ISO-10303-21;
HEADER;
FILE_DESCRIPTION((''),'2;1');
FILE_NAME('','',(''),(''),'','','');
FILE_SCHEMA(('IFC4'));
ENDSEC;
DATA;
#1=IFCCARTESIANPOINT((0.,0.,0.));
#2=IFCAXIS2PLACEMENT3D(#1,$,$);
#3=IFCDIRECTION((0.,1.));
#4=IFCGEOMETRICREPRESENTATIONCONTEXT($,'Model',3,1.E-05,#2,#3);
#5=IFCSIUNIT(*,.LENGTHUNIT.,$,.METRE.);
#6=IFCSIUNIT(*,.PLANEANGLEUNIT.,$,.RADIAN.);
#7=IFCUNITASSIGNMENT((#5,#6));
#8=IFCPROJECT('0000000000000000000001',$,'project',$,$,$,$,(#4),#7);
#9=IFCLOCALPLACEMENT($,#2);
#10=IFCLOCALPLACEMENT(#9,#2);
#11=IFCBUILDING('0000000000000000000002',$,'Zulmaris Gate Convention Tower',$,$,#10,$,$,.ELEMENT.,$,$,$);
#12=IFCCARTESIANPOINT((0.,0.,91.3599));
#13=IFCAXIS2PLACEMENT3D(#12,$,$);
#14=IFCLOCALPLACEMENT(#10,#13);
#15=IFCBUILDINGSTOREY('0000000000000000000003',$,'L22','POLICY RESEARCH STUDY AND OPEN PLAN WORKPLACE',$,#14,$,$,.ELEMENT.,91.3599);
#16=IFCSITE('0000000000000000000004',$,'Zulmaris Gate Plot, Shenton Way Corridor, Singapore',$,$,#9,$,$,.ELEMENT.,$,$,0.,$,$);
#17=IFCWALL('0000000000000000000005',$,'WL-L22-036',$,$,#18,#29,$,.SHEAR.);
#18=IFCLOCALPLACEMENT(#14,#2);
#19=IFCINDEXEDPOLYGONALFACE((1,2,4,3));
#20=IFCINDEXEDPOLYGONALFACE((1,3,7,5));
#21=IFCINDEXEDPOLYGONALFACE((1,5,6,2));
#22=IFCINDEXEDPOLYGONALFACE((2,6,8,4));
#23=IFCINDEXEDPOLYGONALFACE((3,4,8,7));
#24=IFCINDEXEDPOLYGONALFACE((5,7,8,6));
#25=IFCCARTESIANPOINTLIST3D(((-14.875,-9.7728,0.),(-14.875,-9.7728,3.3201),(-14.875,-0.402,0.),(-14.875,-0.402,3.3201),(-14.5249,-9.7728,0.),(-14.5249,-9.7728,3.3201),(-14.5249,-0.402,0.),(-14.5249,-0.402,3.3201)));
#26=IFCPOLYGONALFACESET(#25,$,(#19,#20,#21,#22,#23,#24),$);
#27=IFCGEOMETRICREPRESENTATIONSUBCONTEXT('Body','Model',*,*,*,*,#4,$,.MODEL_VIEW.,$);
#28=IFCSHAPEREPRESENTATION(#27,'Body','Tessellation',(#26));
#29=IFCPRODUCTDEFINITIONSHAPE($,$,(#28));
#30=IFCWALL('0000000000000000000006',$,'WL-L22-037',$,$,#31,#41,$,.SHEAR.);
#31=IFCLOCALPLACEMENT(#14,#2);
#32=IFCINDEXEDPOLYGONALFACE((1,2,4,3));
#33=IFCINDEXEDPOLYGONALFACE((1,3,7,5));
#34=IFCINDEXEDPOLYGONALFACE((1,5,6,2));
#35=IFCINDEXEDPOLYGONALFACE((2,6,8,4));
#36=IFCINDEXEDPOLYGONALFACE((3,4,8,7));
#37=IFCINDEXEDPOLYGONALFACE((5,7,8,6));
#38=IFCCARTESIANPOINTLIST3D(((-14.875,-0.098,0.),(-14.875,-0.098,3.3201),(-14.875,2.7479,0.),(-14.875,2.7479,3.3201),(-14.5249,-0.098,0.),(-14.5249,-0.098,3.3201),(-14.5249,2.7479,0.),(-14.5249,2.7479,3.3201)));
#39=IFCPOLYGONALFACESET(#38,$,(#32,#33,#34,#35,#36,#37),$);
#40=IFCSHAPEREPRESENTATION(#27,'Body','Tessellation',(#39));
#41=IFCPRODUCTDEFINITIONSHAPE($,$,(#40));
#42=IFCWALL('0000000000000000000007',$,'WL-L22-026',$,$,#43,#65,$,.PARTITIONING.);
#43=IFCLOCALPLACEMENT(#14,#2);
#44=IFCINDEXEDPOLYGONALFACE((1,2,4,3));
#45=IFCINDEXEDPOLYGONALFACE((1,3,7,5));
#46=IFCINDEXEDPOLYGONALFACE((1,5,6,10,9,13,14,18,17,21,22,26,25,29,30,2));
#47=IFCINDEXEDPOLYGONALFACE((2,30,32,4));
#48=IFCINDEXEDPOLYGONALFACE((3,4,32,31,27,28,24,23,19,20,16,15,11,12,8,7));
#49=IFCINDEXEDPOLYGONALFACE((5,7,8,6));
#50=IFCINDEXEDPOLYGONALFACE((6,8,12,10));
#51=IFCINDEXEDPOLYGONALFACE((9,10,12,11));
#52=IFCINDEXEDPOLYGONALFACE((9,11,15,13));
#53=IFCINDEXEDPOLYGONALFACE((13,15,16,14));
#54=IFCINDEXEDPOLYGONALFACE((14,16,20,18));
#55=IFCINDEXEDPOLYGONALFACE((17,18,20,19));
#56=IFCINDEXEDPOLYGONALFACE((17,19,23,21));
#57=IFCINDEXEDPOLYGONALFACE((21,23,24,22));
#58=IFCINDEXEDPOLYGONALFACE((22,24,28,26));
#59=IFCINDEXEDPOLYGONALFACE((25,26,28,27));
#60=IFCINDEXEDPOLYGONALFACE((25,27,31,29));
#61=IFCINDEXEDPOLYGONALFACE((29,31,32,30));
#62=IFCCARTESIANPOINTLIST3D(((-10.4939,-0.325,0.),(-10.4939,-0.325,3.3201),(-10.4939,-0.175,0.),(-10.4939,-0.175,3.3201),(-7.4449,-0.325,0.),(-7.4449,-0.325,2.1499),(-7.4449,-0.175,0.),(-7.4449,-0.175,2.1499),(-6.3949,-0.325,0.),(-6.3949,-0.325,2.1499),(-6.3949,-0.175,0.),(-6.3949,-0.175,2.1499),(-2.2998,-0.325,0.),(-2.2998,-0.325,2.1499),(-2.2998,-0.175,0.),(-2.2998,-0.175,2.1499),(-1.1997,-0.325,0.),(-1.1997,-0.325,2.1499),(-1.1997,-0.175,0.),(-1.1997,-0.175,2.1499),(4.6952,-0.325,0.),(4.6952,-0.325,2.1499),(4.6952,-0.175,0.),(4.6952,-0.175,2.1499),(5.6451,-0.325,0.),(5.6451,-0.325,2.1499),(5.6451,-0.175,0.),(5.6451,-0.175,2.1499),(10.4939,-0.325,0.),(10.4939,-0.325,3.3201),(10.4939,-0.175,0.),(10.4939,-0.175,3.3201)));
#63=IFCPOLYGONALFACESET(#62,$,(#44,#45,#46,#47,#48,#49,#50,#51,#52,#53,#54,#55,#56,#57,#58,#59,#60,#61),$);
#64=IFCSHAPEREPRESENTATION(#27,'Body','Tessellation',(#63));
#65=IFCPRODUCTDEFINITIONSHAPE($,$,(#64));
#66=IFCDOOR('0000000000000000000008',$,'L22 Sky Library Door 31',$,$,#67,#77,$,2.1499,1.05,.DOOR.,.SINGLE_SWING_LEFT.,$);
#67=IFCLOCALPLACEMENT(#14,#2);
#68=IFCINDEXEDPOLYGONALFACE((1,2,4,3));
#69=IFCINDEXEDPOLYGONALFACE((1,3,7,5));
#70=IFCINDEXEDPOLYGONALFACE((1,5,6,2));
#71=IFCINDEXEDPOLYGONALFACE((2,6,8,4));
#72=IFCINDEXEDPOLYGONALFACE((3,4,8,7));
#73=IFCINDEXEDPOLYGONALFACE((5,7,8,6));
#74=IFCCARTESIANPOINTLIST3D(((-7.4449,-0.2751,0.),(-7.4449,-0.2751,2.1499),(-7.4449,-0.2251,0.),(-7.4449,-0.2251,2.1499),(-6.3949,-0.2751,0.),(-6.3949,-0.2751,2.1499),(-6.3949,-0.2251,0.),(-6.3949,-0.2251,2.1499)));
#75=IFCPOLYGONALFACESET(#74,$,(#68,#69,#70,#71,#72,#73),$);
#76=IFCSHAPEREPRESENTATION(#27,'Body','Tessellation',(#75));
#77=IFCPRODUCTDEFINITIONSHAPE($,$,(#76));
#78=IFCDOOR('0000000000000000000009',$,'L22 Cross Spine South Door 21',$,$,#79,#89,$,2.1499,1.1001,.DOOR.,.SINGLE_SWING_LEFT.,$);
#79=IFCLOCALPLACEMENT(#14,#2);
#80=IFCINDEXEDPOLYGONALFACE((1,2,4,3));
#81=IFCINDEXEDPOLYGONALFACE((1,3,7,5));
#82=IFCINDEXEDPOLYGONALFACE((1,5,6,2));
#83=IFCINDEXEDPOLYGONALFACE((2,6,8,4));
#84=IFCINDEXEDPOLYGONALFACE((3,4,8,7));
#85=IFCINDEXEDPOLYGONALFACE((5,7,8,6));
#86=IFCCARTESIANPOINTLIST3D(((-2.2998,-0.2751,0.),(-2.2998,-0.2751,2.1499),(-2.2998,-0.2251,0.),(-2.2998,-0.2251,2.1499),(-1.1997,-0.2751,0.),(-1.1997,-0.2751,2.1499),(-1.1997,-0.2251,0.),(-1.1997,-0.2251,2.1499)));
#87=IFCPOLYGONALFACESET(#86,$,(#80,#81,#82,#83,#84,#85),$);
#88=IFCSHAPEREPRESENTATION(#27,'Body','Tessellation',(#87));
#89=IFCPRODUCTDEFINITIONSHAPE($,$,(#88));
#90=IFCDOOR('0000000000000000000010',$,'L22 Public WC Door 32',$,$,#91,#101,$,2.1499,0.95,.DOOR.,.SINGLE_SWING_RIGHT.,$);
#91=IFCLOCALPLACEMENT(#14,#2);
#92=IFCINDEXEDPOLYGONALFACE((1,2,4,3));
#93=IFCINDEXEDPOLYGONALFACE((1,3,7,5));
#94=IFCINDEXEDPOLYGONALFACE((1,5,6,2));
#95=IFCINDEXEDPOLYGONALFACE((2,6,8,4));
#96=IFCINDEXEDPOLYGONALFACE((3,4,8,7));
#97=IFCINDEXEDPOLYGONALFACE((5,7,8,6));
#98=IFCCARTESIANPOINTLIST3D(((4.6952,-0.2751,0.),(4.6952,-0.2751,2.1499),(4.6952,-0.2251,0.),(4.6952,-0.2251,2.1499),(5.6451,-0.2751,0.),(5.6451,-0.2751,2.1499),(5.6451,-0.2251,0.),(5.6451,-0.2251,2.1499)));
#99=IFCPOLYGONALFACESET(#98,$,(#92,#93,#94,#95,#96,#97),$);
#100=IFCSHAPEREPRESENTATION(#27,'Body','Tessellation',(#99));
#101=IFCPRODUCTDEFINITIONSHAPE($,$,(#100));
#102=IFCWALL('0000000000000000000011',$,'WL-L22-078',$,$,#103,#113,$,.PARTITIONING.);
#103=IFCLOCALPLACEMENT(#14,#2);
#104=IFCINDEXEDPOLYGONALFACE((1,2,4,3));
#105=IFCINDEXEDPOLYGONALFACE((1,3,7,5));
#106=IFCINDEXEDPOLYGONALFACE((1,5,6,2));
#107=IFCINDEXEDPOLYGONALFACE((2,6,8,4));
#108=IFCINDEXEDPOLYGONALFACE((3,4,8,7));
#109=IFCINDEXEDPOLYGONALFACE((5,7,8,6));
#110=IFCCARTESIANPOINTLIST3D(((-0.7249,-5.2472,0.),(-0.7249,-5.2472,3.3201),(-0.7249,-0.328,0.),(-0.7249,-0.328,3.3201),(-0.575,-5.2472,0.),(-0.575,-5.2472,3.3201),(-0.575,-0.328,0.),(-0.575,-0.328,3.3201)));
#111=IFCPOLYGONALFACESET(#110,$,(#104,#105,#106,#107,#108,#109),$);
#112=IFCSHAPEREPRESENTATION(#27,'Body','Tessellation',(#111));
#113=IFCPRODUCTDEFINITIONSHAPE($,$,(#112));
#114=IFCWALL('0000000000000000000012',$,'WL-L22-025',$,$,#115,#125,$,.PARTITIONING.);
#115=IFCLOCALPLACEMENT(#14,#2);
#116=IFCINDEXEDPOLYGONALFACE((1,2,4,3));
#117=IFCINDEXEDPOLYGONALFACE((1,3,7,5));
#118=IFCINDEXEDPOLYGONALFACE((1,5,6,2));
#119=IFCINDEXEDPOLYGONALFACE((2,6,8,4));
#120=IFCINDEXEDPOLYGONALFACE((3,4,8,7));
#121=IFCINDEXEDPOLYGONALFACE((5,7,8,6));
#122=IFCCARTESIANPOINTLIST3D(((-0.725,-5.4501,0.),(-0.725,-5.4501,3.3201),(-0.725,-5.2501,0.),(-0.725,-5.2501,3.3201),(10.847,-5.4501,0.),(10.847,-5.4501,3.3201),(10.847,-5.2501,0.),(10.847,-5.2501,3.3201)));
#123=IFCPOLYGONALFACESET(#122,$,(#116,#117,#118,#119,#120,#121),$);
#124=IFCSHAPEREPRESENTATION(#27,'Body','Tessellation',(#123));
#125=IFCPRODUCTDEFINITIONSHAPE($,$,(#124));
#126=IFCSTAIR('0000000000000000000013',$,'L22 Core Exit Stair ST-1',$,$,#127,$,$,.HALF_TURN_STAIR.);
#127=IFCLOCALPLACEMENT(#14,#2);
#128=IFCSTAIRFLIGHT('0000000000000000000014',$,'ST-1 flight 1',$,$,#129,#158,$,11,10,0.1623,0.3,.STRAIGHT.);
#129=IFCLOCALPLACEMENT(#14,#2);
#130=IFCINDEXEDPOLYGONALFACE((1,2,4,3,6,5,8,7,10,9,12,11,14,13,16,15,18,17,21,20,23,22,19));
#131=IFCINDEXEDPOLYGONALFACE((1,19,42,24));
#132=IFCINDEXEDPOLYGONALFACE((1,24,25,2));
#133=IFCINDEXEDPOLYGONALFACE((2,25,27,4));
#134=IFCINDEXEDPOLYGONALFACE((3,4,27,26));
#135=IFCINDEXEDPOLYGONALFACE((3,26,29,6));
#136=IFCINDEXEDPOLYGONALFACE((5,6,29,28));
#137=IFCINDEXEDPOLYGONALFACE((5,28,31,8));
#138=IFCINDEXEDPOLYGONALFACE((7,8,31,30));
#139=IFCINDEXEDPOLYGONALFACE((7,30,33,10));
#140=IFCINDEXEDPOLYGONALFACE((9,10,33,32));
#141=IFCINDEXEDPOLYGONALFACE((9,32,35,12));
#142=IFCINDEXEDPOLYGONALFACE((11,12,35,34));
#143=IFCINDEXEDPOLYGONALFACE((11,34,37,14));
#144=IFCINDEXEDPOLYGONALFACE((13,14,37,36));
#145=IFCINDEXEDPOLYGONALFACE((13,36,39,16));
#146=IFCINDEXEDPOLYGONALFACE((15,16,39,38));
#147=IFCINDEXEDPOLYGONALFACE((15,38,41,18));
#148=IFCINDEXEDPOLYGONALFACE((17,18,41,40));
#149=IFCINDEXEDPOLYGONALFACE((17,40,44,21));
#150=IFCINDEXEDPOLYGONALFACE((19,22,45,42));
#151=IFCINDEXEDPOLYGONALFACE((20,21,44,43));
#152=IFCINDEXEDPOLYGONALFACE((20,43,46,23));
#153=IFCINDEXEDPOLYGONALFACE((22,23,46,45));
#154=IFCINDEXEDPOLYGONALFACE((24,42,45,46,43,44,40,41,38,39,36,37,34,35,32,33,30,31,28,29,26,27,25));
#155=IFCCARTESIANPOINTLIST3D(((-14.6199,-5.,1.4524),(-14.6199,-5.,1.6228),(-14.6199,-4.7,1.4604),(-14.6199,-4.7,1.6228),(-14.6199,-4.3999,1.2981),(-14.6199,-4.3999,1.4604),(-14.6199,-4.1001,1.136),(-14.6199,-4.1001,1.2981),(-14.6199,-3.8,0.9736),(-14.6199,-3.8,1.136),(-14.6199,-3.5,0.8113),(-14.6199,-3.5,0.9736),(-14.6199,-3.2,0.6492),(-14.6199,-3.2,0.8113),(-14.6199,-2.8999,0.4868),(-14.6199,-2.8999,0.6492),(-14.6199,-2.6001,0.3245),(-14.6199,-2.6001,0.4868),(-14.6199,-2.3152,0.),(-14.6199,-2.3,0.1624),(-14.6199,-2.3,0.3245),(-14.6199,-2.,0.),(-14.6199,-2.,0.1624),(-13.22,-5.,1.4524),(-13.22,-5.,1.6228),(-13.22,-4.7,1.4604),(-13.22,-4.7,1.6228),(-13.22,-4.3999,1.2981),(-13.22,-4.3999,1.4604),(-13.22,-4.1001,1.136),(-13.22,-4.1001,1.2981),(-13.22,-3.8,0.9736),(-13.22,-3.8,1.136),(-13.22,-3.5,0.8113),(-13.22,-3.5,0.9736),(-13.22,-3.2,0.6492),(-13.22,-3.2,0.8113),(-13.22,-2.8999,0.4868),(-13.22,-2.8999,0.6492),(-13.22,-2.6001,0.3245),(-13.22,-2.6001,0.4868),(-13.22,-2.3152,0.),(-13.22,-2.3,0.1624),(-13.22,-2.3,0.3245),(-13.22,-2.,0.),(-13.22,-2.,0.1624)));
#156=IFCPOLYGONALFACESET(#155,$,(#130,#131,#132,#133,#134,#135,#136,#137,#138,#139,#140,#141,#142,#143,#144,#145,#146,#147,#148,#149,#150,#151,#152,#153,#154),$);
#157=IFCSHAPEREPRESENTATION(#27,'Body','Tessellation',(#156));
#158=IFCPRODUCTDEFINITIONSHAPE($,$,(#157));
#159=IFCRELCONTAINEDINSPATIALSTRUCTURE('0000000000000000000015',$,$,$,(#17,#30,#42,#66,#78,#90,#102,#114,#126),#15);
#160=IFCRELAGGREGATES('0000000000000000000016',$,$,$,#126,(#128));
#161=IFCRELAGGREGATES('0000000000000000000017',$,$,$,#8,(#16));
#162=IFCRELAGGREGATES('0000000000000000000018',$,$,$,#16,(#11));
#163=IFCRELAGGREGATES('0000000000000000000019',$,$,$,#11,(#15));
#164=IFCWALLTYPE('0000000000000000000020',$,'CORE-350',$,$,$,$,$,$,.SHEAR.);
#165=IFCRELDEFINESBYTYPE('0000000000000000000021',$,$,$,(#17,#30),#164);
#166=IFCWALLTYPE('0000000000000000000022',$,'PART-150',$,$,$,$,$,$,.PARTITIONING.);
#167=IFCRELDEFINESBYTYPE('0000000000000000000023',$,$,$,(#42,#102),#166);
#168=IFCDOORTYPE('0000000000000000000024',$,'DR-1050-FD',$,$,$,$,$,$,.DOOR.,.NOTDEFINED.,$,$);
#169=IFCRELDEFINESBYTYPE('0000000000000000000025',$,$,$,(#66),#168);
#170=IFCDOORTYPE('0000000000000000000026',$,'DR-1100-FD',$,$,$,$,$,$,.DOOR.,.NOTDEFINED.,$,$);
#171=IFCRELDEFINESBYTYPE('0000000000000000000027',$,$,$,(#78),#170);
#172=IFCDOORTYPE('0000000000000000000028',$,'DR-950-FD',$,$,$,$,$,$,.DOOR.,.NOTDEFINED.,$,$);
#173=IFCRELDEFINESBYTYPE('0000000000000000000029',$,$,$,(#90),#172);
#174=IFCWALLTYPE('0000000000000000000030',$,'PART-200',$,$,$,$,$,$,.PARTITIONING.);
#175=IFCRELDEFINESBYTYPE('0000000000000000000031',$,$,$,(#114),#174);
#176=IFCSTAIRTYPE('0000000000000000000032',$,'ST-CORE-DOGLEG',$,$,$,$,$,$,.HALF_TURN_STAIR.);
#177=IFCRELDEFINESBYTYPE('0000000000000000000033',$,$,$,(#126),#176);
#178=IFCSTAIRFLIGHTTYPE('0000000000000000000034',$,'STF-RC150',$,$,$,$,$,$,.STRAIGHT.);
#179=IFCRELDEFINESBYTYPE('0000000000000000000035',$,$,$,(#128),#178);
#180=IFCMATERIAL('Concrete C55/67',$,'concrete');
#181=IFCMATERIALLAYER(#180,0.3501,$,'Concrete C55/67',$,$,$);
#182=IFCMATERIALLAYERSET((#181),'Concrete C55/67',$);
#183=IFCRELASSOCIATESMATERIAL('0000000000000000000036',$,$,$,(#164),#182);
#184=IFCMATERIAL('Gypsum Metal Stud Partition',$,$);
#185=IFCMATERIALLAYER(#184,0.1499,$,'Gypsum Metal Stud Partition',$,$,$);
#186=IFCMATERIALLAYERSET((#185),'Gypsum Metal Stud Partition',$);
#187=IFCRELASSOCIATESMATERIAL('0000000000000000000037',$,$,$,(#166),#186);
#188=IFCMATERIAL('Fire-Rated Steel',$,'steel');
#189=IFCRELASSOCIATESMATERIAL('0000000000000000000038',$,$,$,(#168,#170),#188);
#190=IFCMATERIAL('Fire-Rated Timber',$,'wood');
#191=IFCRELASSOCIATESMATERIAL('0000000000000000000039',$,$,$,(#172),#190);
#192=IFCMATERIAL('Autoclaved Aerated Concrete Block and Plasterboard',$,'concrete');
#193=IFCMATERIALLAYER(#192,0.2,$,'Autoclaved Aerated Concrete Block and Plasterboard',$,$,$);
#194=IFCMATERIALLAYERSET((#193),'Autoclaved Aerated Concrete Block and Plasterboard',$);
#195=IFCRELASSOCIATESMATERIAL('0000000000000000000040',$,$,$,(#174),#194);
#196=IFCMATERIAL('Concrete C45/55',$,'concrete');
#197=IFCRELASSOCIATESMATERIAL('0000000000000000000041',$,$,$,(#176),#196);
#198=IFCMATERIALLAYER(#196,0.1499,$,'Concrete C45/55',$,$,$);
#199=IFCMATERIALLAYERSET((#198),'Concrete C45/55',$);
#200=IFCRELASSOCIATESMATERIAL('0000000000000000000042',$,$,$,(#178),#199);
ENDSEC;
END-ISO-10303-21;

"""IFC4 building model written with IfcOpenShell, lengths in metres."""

from ifc_helpers import new_model, si_unit, direction, frame, frame_2d, origin, place, context, subcontext, project, spatial, polyline, rectangle, outline, extrude, material, layer, layer_set, type_object, element, fill, aggregate, save


model = new_model("IFC4")

# Units and contexts
model_context = context("Model", 3, precision=1e-05, world=origin(), true_north=direction((0.0, 1.0)))
body_context = subcontext(model_context, "Body", "Model", "MODEL_VIEW")
ifc_project = project(units=[si_unit("LENGTHUNIT", "METRE"), si_unit("PLANEANGLEUNIT", "RADIAN")], contexts=[model_context])

# Site, building, storey
site_placement = place(None, origin())
site = spatial("IfcSite", under=ifc_project, at=site_placement, Name="Zulmaris Gate Plot, Shenton Way Corridor, Singapore", CompositionType="ELEMENT", RefElevation=0.0)
building_placement = place(site_placement, origin())
building = spatial("IfcBuilding", under=site, at=building_placement, Name="Zulmaris Gate Convention Tower", CompositionType="ELEMENT")
storey_placement = place(building_placement, frame((0.0, 0.0, 91.3599)))
storey = spatial("IfcBuildingStorey", under=building, at=storey_placement, Name="L22", Description="POLICY RESEARCH STUDY AND OPEN PLAN WORKPLACE", CompositionType="ELEMENT", Elevation=91.3599)

# Walls
ifc_material_1 = material(Name="Concrete C55/67", Category="concrete")
ifc_layer_1 = layer(ifc_material_1, 0.3501, Name="Concrete C55/67")
ifc_layer_set_1 = layer_set([ifc_layer_1], Name="Concrete C55/67")
wall_type_1 = type_object("IfcWallType", Name="CORE-350", PredefinedType="SHEAR", material=ifc_layer_set_1)
wall_1_placement = place(storey_placement, frame((-14.7, -9.7729, 0.0), z_axis=(0.0, 0.0, 1.0), x_axis=(0.0, 1.0, 0.0)))
element("IfcWall", 1, at=wall_1_placement, inside=storey, type_object=wall_type_1, Name="WL-L22-036", PredefinedType="SHEAR", context=body_context, shape_type="SweptSolid", body=[
    extrude(rectangle(XDim=9.3708, YDim=0.3501, at=frame_2d((4.6855, 0.0))), origin(), (0.0, 0.0, 1.0), 3.3201),
])
wall_2_placement = place(storey_placement, frame((-14.7, -0.0979, 0.0), z_axis=(0.0, 0.0, 1.0), x_axis=(0.0, 1.0, 0.0)))
element("IfcWall", 2, at=wall_2_placement, inside=storey, type_object=wall_type_1, Name="WL-L22-037", PredefinedType="SHEAR", context=body_context, shape_type="SweptSolid", body=[
    extrude(rectangle(XDim=2.8459, YDim=0.3501, at=frame_2d((1.4229, 0.0))), origin(), (0.0, 0.0, 1.0), 3.3201),
])

# Wall, openings, doors
ifc_material_2 = material(Name="Gypsum Metal Stud Partition")
ifc_layer_2 = layer(ifc_material_2, 0.1499, Name="Gypsum Metal Stud Partition")
ifc_layer_set_2 = layer_set([ifc_layer_2], Name="Gypsum Metal Stud Partition")
wall_type_2 = type_object("IfcWallType", Name="PART-150", PredefinedType="PARTITIONING", material=ifc_layer_set_2)
wall_3_placement = place(storey_placement, frame((-10.4939, -0.25, 0.0), z_axis=(0.0, 0.0, 1.0), x_axis=(1.0, 0.0, 0.0)))
wall_3 = element("IfcWall", 3, at=wall_3_placement, inside=storey, type_object=wall_type_2, Name="WL-L22-026", PredefinedType="PARTITIONING", context=body_context, shape_type="SweptSolid", body=[
    extrude(rectangle(XDim=20.9878, YDim=0.1499, at=frame_2d((10.4939, 0.0))), origin(), (0.0, 0.0, 1.0), 3.3201),
])
opening_1_placement = place(wall_3_placement, frame((8.1941, 0.0, 0.0)))
opening_1 = element("IfcOpeningElement", 4, at=opening_1_placement, cuts=wall_3, PredefinedType="OPENING", context=body_context, shape_type="SweptSolid", body=[
    extrude(rectangle(XDim=1.1001, YDim=2.1499, at=frame_2d((0.55, 1.075))), frame((0.0, 0.085, 0.0), z_axis=(0.0, -1.0, 0.0), x_axis=(1.0, 0.0, 0.0)), (0.0, 0.0, 1.0), 0.1699),
])
opening_2_placement = place(wall_3_placement, frame((3.0491, 0.0, 0.0)))
opening_2 = element("IfcOpeningElement", 5, at=opening_2_placement, cuts=wall_3, PredefinedType="OPENING", context=body_context, shape_type="SweptSolid", body=[
    extrude(rectangle(XDim=1.05, YDim=2.1499, at=frame_2d((0.5249, 1.075))), frame((0.0, 0.085, 0.0), z_axis=(0.0, -1.0, 0.0), x_axis=(1.0, 0.0, 0.0)), (0.0, 0.0, 1.0), 0.1699),
])
opening_3_placement = place(wall_3_placement, frame((15.189, 0.0, 0.0)))
opening_3 = element("IfcOpeningElement", 6, at=opening_3_placement, cuts=wall_3, PredefinedType="OPENING", context=body_context, shape_type="SweptSolid", body=[
    extrude(rectangle(XDim=0.95, YDim=2.1499, at=frame_2d((0.4751, 1.075))), frame((0.0, 0.085, 0.0), z_axis=(0.0, -1.0, 0.0), x_axis=(1.0, 0.0, 0.0)), (0.0, 0.0, 1.0), 0.1699),
])
ifc_material_3 = material(Name="Fire-Rated Steel", Category="steel")
door_type_1 = type_object("IfcDoorType", Name="DR-1050-FD", OperationType="NOTDEFINED", PredefinedType="DOOR", material=ifc_material_3)
door_1_placement = place(opening_2_placement, origin())
door_1 = element("IfcDoor", 7, at=door_1_placement, inside=storey, type_object=door_type_1, Name="L22 Sky Library Door 31", OperationType="SINGLE_SWING_LEFT", OverallHeight=2.1499, OverallWidth=1.05, PredefinedType="DOOR", context=body_context, shape_type="SweptSolid", body=[
    extrude(rectangle(XDim=1.05, YDim=2.1499, at=frame_2d((0.5249, 1.075))), frame((0.0, 0.0249, 0.0), z_axis=(0.0, -1.0, 0.0), x_axis=(1.0, 0.0, 0.0)), (0.0, 0.0, 1.0), 0.05),
])
fill(opening_2, door_1)
door_type_2 = type_object("IfcDoorType", Name="DR-1100-FD", OperationType="NOTDEFINED", PredefinedType="DOOR", material=ifc_material_3)
door_2_placement = place(opening_1_placement, origin())
door_2 = element("IfcDoor", 8, at=door_2_placement, inside=storey, type_object=door_type_2, Name="L22 Cross Spine South Door 21", OperationType="SINGLE_SWING_LEFT", OverallHeight=2.1499, OverallWidth=1.1001, PredefinedType="DOOR", context=body_context, shape_type="SweptSolid", body=[
    extrude(rectangle(XDim=1.1001, YDim=2.1499, at=frame_2d((0.55, 1.075))), frame((0.0, 0.0249, 0.0), z_axis=(0.0, -1.0, 0.0), x_axis=(1.0, 0.0, 0.0)), (0.0, 0.0, 1.0), 0.05),
])
fill(opening_1, door_2)
ifc_material_4 = material(Name="Fire-Rated Timber", Category="wood")
door_type_3 = type_object("IfcDoorType", Name="DR-950-FD", OperationType="NOTDEFINED", PredefinedType="DOOR", material=ifc_material_4)
door_3_placement = place(opening_3_placement, origin())
door_3 = element("IfcDoor", 9, at=door_3_placement, inside=storey, type_object=door_type_3, Name="L22 Public WC Door 32", OperationType="SINGLE_SWING_RIGHT", OverallHeight=2.1499, OverallWidth=0.95, PredefinedType="DOOR", context=body_context, shape_type="SweptSolid", body=[
    extrude(rectangle(XDim=0.95, YDim=2.1499, at=frame_2d((0.4751, 1.075))), frame((0.0, 0.0249, 0.0), z_axis=(0.0, -1.0, 0.0), x_axis=(1.0, 0.0, 0.0)), (0.0, 0.0, 1.0), 0.05),
])
fill(opening_3, door_3)

# Walls
wall_4_placement = place(storey_placement, frame((-0.6499, -5.2471, 0.0), z_axis=(0.0, 0.0, 1.0), x_axis=(0.0, 1.0, 0.0)))
element("IfcWall", 10, at=wall_4_placement, inside=storey, type_object=wall_type_2, Name="WL-L22-078", PredefinedType="PARTITIONING", context=body_context, shape_type="SweptSolid", body=[
    extrude(rectangle(XDim=4.9192, YDim=0.1499, at=frame_2d((2.4595, 0.0))), origin(), (0.0, 0.0, 1.0), 3.3201),
])
ifc_material_5 = material(Name="Autoclaved Aerated Concrete Block and Plasterboard", Category="concrete")
ifc_layer_3 = layer(ifc_material_5, 0.2, Name="Autoclaved Aerated Concrete Block and Plasterboard")
ifc_layer_set_3 = layer_set([ifc_layer_3], Name="Autoclaved Aerated Concrete Block and Plasterboard")
wall_type_3 = type_object("IfcWallType", Name="PART-200", PredefinedType="PARTITIONING", material=ifc_layer_set_3)
wall_5_placement = place(storey_placement, frame((-0.7251, -5.3501, 0.0), z_axis=(0.0, 0.0, 1.0), x_axis=(1.0, 0.0, 0.0)))
element("IfcWall", 11, at=wall_5_placement, inside=storey, type_object=wall_type_3, Name="WL-L22-025", PredefinedType="PARTITIONING", context=body_context, shape_type="SweptSolid", body=[
    extrude(rectangle(XDim=11.572, YDim=0.2, at=frame_2d((5.7861, 0.0))), origin(), (0.0, 0.0, 1.0), 3.3201),
])

# Stair, stair flight
ifc_material_6 = material(Name="Concrete C45/55", Category="concrete")
stair_type = type_object("IfcStairType", Name="ST-CORE-DOGLEG", PredefinedType="HALF_TURN_STAIR", material=ifc_material_6)
stair_1_placement = place(storey_placement, origin())
stair_1 = element("IfcStair", 12, at=stair_1_placement, inside=storey, type_object=stair_type, Name="L22 Core Exit Stair ST-1", PredefinedType="HALF_TURN_STAIR")
ifc_layer_4 = layer(ifc_material_6, 0.1499, Name="Concrete C45/55")
ifc_layer_set_4 = layer_set([ifc_layer_4], Name="Concrete C45/55")
stair_flight_type = type_object("IfcStairFlightType", Name="STF-RC150", PredefinedType="STRAIGHT", material=ifc_layer_set_4)
stair_flight_1_placement = place(storey_placement, frame((-13.9199, -2.0, 0.0), z_axis=(0.0, 0.0, 1.0), x_axis=(0.0, -1.0, 0.0)))
stair_flight_1 = element("IfcStairFlight", 13, at=stair_flight_1_placement, type_object=stair_flight_type, Name="ST-1 flight 1", NumberOfRisers=11, NumberOfTreads=10, PredefinedType="STRAIGHT", RiserHeight=0.1623, TreadLength=0.3, context=body_context, shape_type="SweptSolid", body=[
    extrude(outline(polyline([(0.0, 0.0), (0.0, 0.1624), (0.3, 0.1624), (0.3, 0.3245), (0.6001, 0.3245), (0.6001, 0.4868), (0.8999, 0.4868), (0.8999, 0.6492), (1.2, 0.6492), (1.2, 0.8113), (1.5, 0.8113), (1.5, 0.9736), (1.8, 0.9736), (1.8, 1.136), (2.1001, 1.136), (2.1001, 1.2981), (2.3999, 1.2981), (2.3999, 1.4604), (2.7, 1.4604), (2.7, 1.6228), (3.0, 1.6228), (3.0, 1.7849), (3.0, 1.4524), (0.3152, 0.0), (0.0, 0.0)])), frame((0.0, 0.7, 0.0), z_axis=(0.0, -1.0, 0.0), x_axis=(1.0, 0.0, 0.0)), (0.0, 0.0, 1.0), 1.3999),
])
aggregate(stair_1, [stair_flight_1])

save(model, "model.ifc")
